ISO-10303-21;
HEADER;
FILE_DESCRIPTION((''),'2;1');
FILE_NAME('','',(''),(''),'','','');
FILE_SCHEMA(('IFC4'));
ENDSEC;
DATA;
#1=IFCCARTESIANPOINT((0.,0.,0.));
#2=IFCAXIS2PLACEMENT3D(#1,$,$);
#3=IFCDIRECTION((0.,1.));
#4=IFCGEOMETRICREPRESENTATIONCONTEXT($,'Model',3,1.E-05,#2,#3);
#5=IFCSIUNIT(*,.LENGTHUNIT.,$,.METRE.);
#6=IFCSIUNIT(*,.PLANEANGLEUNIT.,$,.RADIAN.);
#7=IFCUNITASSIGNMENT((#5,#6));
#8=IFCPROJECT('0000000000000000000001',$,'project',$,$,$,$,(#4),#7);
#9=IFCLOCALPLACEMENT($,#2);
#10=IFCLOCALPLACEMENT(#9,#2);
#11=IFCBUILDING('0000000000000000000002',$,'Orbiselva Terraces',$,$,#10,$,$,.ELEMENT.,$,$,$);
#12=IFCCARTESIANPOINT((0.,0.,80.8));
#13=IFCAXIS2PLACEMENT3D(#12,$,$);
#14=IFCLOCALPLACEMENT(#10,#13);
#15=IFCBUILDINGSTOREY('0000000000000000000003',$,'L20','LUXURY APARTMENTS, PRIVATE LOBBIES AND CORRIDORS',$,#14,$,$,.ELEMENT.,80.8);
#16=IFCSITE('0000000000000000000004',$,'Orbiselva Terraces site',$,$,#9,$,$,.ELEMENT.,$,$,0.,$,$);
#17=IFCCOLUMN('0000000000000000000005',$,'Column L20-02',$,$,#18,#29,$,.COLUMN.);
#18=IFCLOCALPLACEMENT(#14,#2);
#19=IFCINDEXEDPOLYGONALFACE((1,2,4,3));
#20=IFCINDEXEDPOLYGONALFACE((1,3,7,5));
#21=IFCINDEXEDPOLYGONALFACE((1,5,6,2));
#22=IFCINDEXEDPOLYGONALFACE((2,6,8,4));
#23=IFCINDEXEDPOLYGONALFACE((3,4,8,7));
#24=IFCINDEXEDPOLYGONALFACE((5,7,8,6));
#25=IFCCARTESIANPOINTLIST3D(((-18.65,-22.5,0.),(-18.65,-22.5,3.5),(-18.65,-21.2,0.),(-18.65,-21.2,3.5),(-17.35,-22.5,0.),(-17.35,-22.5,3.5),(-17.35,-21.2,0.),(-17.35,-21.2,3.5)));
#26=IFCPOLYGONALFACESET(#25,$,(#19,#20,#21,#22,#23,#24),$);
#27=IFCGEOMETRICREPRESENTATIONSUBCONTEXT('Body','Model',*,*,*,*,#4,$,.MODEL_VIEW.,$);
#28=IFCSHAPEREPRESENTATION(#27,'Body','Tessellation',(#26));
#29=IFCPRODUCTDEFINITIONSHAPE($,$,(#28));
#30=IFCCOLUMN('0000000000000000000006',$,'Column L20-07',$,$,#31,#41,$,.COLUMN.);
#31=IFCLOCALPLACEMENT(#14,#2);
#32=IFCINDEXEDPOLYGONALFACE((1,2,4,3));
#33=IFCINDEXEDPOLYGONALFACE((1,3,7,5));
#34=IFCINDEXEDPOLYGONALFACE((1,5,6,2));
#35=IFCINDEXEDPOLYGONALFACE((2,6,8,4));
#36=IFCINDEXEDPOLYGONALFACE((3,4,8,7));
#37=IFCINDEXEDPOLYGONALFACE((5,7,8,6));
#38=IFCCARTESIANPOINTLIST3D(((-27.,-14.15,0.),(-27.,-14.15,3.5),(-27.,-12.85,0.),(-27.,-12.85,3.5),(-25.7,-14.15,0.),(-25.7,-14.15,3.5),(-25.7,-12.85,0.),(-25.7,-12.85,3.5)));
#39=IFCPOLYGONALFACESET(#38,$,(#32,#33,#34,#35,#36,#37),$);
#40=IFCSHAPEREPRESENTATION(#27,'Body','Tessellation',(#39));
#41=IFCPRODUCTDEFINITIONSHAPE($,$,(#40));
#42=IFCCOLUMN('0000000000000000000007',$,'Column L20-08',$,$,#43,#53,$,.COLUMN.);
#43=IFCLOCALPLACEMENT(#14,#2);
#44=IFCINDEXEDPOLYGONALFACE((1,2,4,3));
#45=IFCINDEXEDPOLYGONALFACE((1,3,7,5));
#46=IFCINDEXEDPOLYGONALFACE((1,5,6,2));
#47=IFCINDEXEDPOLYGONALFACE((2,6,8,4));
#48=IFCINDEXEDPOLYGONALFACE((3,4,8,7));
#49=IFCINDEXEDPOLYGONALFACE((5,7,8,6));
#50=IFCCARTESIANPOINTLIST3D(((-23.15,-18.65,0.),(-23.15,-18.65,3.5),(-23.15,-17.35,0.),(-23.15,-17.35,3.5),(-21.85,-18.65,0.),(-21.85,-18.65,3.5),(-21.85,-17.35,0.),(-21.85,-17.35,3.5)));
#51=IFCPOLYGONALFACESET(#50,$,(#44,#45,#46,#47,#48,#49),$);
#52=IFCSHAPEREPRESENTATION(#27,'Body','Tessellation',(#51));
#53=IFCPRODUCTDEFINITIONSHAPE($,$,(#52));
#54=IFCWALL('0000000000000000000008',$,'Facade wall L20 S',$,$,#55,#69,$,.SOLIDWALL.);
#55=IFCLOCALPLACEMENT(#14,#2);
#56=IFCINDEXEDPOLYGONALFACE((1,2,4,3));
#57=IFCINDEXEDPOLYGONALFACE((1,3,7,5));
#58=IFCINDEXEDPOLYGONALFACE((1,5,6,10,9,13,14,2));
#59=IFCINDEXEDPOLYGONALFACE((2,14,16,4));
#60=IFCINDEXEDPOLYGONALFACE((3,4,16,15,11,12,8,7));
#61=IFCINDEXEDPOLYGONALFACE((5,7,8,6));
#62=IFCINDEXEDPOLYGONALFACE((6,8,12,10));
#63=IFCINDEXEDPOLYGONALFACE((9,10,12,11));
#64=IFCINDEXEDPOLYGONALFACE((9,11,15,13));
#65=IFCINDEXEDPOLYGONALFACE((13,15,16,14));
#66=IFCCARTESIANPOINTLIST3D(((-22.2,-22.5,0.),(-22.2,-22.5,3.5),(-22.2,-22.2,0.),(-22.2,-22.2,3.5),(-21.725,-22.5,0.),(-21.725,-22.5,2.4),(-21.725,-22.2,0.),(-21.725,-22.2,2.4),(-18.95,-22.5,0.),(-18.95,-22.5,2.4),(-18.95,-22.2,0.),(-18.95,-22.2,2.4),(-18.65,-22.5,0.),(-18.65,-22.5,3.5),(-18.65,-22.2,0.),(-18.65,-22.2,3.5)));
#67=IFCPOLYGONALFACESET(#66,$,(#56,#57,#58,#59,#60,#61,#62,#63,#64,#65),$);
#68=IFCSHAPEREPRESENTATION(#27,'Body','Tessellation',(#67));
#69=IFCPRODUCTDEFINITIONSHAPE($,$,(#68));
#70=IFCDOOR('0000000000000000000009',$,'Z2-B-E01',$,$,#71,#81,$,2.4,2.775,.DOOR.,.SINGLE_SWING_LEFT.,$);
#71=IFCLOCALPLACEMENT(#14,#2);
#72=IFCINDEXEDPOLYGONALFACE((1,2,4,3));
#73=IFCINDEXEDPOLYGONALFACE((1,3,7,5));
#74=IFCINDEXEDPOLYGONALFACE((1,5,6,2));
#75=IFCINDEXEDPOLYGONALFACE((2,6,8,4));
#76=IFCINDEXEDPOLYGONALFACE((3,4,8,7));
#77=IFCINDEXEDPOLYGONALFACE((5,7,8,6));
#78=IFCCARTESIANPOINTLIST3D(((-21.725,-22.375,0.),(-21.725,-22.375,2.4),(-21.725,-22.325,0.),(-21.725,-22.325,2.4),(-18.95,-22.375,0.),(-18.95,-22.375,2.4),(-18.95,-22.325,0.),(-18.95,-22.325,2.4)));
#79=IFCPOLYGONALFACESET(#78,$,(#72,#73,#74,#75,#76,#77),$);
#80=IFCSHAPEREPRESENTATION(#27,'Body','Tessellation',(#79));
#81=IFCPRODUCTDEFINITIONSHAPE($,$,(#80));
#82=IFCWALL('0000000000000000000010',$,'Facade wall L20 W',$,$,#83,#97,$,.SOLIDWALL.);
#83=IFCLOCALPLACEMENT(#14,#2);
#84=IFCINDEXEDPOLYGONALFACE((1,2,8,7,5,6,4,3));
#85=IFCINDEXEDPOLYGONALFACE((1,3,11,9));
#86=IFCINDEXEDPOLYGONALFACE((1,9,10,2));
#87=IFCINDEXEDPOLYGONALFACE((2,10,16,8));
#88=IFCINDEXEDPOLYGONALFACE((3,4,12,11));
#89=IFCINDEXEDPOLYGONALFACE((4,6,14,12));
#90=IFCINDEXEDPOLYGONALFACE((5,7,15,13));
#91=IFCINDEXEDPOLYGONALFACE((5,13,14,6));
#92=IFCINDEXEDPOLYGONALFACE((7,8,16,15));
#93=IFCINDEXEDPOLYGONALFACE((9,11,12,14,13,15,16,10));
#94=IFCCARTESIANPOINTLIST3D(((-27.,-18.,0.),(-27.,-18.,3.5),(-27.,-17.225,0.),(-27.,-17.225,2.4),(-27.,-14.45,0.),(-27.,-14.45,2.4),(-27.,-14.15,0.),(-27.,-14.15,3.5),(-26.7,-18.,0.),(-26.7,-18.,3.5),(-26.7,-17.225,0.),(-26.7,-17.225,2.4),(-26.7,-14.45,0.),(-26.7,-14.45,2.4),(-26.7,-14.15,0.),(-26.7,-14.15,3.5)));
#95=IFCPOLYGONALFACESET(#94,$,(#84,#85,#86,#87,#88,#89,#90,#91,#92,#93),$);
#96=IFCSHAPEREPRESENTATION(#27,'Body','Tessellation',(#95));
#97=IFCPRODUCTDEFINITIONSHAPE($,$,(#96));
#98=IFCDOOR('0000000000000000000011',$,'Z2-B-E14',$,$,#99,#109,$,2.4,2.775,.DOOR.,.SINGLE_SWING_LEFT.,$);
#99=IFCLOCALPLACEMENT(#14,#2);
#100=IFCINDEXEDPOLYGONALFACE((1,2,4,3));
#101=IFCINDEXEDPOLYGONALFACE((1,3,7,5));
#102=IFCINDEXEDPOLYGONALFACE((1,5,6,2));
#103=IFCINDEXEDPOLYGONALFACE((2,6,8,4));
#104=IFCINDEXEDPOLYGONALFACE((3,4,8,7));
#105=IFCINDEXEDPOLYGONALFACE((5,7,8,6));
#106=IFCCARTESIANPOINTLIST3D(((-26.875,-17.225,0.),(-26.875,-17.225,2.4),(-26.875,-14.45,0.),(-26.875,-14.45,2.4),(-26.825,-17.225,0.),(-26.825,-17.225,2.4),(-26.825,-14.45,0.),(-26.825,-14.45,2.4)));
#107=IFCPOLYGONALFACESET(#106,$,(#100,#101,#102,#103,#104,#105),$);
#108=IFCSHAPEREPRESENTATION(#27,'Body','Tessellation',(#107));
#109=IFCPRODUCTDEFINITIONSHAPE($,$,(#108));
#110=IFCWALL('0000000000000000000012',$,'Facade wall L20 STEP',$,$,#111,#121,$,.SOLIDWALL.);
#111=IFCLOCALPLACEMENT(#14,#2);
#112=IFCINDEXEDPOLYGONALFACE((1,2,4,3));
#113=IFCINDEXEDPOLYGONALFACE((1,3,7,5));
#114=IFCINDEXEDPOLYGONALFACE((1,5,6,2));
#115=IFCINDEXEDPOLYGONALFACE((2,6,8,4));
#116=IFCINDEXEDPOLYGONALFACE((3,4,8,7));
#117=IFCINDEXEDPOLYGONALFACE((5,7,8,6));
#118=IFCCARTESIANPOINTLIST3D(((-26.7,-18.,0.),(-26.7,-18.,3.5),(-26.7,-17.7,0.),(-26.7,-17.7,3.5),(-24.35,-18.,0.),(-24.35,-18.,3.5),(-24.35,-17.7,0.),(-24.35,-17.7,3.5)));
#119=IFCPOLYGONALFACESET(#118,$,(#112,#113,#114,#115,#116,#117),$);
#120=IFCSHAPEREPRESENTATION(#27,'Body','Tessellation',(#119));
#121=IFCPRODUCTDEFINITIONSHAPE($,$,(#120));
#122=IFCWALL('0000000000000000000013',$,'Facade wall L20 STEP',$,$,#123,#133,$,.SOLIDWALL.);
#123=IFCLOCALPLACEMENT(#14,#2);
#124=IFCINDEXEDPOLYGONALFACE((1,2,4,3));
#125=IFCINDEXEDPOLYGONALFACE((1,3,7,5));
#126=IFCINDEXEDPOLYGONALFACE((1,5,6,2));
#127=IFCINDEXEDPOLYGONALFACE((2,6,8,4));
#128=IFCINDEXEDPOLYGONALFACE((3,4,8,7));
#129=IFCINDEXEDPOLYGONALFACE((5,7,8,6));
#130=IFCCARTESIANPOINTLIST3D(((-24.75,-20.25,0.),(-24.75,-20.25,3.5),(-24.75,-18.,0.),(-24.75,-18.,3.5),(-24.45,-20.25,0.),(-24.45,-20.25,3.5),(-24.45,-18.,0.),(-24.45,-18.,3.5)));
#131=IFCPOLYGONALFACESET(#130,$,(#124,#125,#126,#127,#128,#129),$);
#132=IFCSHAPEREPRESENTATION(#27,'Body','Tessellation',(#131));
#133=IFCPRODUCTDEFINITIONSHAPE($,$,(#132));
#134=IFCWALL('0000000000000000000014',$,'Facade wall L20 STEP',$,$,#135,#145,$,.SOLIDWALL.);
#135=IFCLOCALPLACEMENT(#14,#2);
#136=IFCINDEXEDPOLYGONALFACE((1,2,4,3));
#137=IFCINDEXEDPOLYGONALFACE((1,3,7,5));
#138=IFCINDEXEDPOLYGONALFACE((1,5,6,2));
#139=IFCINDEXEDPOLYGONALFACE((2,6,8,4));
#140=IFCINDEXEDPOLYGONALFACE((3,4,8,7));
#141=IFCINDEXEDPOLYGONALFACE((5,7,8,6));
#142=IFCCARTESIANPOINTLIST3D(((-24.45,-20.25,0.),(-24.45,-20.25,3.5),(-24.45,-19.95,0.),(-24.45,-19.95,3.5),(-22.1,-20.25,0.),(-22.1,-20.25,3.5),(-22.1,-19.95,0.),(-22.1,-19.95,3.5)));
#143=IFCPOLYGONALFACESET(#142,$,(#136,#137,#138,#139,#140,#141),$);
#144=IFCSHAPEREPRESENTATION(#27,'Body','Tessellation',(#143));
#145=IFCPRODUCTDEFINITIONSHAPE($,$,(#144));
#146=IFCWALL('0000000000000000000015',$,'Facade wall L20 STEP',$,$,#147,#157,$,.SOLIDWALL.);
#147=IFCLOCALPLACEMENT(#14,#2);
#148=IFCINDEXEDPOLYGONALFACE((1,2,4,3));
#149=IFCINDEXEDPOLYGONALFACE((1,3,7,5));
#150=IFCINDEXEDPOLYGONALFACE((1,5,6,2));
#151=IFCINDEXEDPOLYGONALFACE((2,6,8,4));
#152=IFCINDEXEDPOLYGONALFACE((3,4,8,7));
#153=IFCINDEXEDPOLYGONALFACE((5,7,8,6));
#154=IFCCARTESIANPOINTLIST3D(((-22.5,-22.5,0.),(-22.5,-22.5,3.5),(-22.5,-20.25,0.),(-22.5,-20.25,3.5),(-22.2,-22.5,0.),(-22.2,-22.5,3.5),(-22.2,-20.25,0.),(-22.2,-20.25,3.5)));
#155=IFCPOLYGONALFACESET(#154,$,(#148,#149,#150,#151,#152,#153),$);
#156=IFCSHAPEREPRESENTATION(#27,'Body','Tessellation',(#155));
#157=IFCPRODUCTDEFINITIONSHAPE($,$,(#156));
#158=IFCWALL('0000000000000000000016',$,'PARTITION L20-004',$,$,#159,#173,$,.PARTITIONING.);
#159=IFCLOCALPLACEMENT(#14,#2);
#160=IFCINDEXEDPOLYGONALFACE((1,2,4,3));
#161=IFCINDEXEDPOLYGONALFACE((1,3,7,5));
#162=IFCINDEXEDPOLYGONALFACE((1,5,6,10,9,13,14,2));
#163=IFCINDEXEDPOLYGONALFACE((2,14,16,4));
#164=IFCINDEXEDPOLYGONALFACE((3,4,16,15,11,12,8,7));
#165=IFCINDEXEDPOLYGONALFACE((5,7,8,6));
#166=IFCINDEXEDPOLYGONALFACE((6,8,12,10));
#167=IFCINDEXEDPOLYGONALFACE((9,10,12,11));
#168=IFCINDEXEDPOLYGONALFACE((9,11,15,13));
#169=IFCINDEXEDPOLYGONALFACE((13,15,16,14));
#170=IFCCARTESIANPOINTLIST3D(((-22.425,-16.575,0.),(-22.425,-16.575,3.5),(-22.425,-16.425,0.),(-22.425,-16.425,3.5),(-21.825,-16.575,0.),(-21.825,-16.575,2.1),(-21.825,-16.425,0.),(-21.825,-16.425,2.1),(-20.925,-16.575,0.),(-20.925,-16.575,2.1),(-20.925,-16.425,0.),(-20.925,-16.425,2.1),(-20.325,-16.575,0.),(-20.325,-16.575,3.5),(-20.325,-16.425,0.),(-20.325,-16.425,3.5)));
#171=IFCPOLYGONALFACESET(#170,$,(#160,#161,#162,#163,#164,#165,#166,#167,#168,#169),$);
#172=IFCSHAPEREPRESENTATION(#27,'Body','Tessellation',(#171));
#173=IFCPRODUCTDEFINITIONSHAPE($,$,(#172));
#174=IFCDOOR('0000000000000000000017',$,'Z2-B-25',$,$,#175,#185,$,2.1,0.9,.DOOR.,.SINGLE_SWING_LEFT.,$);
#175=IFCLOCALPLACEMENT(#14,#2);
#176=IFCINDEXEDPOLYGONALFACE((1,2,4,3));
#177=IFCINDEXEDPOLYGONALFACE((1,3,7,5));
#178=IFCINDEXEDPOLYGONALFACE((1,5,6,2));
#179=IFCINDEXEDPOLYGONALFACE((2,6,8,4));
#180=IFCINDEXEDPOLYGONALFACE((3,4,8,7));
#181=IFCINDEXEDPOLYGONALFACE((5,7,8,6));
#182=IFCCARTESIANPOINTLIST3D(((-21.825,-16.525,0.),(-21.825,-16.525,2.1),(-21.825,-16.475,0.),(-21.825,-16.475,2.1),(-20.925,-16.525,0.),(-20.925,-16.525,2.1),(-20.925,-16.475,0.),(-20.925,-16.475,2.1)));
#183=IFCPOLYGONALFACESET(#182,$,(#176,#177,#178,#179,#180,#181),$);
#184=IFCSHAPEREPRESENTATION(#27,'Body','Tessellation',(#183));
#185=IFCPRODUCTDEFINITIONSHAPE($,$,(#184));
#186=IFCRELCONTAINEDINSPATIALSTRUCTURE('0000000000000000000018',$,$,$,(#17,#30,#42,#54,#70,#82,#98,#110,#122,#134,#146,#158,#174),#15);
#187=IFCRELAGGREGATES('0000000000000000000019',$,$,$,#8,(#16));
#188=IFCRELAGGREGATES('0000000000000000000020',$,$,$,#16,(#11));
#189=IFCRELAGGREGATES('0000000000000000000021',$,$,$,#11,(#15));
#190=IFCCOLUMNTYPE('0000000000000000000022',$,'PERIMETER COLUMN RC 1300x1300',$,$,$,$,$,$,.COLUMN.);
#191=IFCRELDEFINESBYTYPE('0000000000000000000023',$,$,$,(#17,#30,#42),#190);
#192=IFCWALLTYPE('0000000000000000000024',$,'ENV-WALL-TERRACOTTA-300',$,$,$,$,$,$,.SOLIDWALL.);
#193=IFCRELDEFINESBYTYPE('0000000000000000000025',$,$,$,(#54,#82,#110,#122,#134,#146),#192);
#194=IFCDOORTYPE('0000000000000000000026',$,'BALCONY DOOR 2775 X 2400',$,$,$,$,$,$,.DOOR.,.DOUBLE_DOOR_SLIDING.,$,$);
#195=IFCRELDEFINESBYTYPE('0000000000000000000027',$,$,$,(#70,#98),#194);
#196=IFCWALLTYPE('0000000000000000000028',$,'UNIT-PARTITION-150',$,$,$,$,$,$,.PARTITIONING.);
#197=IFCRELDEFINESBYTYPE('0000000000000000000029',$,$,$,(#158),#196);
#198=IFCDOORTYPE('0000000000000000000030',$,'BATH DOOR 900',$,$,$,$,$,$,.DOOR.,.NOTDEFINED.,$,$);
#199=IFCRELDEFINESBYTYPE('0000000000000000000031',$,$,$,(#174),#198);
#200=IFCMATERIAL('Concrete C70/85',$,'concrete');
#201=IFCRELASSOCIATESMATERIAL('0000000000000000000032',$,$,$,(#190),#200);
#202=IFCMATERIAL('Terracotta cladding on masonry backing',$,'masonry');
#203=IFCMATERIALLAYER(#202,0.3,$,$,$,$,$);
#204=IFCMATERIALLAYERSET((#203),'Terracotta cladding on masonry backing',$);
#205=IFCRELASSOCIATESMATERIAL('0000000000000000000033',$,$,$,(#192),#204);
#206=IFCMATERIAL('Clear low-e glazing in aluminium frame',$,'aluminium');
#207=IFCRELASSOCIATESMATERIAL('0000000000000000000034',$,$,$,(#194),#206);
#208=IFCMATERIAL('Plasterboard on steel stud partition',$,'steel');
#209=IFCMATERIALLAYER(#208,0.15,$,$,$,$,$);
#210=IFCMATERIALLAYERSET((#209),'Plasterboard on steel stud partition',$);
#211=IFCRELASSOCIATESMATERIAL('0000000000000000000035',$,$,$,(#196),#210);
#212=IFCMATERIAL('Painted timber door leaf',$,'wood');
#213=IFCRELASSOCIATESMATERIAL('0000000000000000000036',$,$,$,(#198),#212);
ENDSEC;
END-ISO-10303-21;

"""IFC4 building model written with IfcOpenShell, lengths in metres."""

from ifc_helpers import new_model, si_unit, direction, frame, frame_2d, origin, origin_2d, place, context, subcontext, project, spatial, rectangle, extrude, material, layer, layer_set, material_profile, profile_set, type_object, element, fill, save


model = new_model("IFC4")

# Units and contexts
model_context = context("Model", 3, precision=1e-05, world=origin(), true_north=direction((0.0, 1.0)))
body_context = subcontext(model_context, "Body", "Model", "MODEL_VIEW")
ifc_project = project(units=[si_unit("LENGTHUNIT", "METRE"), si_unit("PLANEANGLEUNIT", "RADIAN")], contexts=[model_context])

# Site, building, storey
site_placement = place(None, origin())
site = spatial("IfcSite", under=ifc_project, at=site_placement, Name="Orbiselva Terraces site", CompositionType="ELEMENT", RefElevation=0.0)
building_placement = place(site_placement, origin())
building = spatial("IfcBuilding", under=site, at=building_placement, Name="Orbiselva Terraces", CompositionType="ELEMENT")
storey_placement = place(building_placement, frame((0.0, 0.0, 80.8)))
storey = spatial("IfcBuildingStorey", under=building, at=storey_placement, Name="L20", Description="LUXURY APARTMENTS, PRIVATE LOBBIES AND CORRIDORS", CompositionType="ELEMENT", Elevation=80.8)

# Columns
ifc_material_1 = material(Name="Concrete C70/85", Category="concrete")
ifc_material_profile = material_profile(ifc_material_1, rectangle(XDim=1.3, YDim=1.3, at=origin_2d()), Name="RC 1300x1300")
ifc_profile_set = profile_set([ifc_material_profile], Name="Concrete C70/85")
column_type = type_object("IfcColumnType", Name="PERIMETER COLUMN RC 1300x1300", PredefinedType="COLUMN", material=ifc_profile_set)
for number, where, z_axis, x_axis, name in (
    (1, (-18.0, -21.85, 0.0), (0.0, 0.0, 1.0), (1.0, 0.0, 0.0), "Column L20-02"),
    (2, (-26.35, -13.5, 0.0), (0.0, 0.0, 1.0), (1.0, 0.0, 0.0), "Column L20-07"),
    (3, (-22.5, -18.0, 0.0), (0.0, 0.0, 1.0), (1.0, 0.0, 0.0), "Column L20-08"),
):
    element("IfcColumn", number, at=place(storey_placement, frame(where, z_axis=z_axis, x_axis=x_axis)), inside=storey, type_object=column_type, Name=name, PredefinedType="COLUMN", context=body_context, shape_type="SweptSolid", body=[
        extrude(rectangle(XDim=1.3, YDim=1.3, at=origin_2d()), origin(), (0.0, 0.0, 1.0), 3.5),
    ])

# Walls, openings, doors
ifc_material_2 = material(Name="Terracotta cladding on masonry backing", Category="masonry")
ifc_layer_1 = layer(ifc_material_2, 0.3)
ifc_layer_set_1 = layer_set([ifc_layer_1], Name="Terracotta cladding on masonry backing")
wall_type_1 = type_object("IfcWallType", Name="ENV-WALL-TERRACOTTA-300", PredefinedType="SOLIDWALL", material=ifc_layer_set_1)
wall_1_placement = place(storey_placement, frame((-18.65, -22.35, 0.0), z_axis=(0.0, 0.0, 1.0), x_axis=(-1.0, 0.0, 0.0)))
wall_1 = element("IfcWall", 4, at=wall_1_placement, inside=storey, type_object=wall_type_1, Name="Facade wall L20 S", PredefinedType="SOLIDWALL", context=body_context, shape_type="SweptSolid", body=[
    extrude(rectangle(XDim=3.55, YDim=0.3, at=frame_2d((1.775, 0.0))), origin(), (0.0, 0.0, 1.0), 3.5),
])
opening_1_placement = place(wall_1_placement, frame((0.3, 0.0, 0.0)))
opening_1 = element("IfcOpeningElement", 5, at=opening_1_placement, cuts=wall_1, PredefinedType="OPENING", context=body_context, shape_type="SweptSolid", body=[
    extrude(rectangle(XDim=2.775, YDim=2.4, at=frame_2d((1.3875, 1.2))), frame((0.0, 0.16, 0.0), z_axis=(0.0, -1.0, 0.0), x_axis=(1.0, 0.0, 0.0)), (0.0, 0.0, 1.0), 0.32),
])
ifc_material_3 = material(Name="Clear low-e glazing in aluminium frame", Category="aluminium")
door_type_1 = type_object("IfcDoorType", Name="BALCONY DOOR 2775 X 2400", OperationType="DOUBLE_DOOR_SLIDING", PredefinedType="DOOR", material=ifc_material_3)
door_1_placement = place(opening_1_placement, origin())
door_1 = element("IfcDoor", 6, at=door_1_placement, inside=storey, type_object=door_type_1, Name="Z2-B-E01", OperationType="SINGLE_SWING_LEFT", OverallHeight=2.4, OverallWidth=2.775, PredefinedType="DOOR", context=body_context, shape_type="SweptSolid", body=[
    extrude(rectangle(XDim=2.775, YDim=2.4, at=frame_2d((1.3875, 1.2))), frame((0.0, 0.025, 0.0), z_axis=(0.0, -1.0, 0.0), x_axis=(1.0, 0.0, 0.0)), (0.0, 0.0, 1.0), 0.05),
])
fill(opening_1, door_1)
wall_2_placement = place(storey_placement, frame((-26.85, -18.0, 0.0), z_axis=(0.0, 0.0, 1.0), x_axis=(0.0, 1.0, 0.0)))
wall_2 = element("IfcWall", 7, at=wall_2_placement, inside=storey, type_object=wall_type_1, Name="Facade wall L20 W", PredefinedType="SOLIDWALL", context=body_context, shape_type="SweptSolid", body=[
    extrude(rectangle(XDim=3.85, YDim=0.3, at=frame_2d((1.925, 0.0))), origin(), (0.0, 0.0, 1.0), 3.5),
])
opening_2_placement = place(wall_2_placement, frame((0.775, 0.0, 0.0)))
opening_2 = element("IfcOpeningElement", 8, at=opening_2_placement, cuts=wall_2, PredefinedType="OPENING", context=body_context, shape_type="SweptSolid", body=[
    extrude(rectangle(XDim=2.775, YDim=2.4, at=frame_2d((1.3875, 1.2))), frame((0.0, 0.16, 0.0), z_axis=(0.0, -1.0, 0.0), x_axis=(1.0, 0.0, 0.0)), (0.0, 0.0, 1.0), 0.32),
])
door_2_placement = place(opening_2_placement, origin())
door_2 = element("IfcDoor", 9, at=door_2_placement, inside=storey, type_object=door_type_1, Name="Z2-B-E14", OperationType="SINGLE_SWING_LEFT", OverallHeight=2.4, OverallWidth=2.775, PredefinedType="DOOR", context=body_context, shape_type="SweptSolid", body=[
    extrude(rectangle(XDim=2.775, YDim=2.4, at=frame_2d((1.3875, 1.2))), frame((0.0, 0.025, 0.0), z_axis=(0.0, -1.0, 0.0), x_axis=(1.0, 0.0, 0.0)), (0.0, 0.0, 1.0), 0.05),
])
fill(opening_2, door_2)

# Walls
wall_3_placement = place(storey_placement, frame((-24.35, -17.85, 0.0), z_axis=(0.0, 0.0, 1.0), x_axis=(-1.0, 0.0, 0.0)))
element("IfcWall", 10, at=wall_3_placement, inside=storey, type_object=wall_type_1, Name="Facade wall L20 STEP", PredefinedType="SOLIDWALL", context=body_context, shape_type="SweptSolid", body=[
    extrude(rectangle(XDim=2.35, YDim=0.3, at=frame_2d((1.175, 0.0))), origin(), (0.0, 0.0, 1.0), 3.5),
])
wall_4_placement = place(storey_placement, frame((-24.6, -20.25, 0.0), z_axis=(0.0, 0.0, 1.0), x_axis=(0.0, 1.0, 0.0)))
element("IfcWall", 11, at=wall_4_placement, inside=storey, type_object=wall_type_1, Name="Facade wall L20 STEP", PredefinedType="SOLIDWALL", context=body_context, shape_type="SweptSolid", body=[
    extrude(rectangle(XDim=2.25, YDim=0.3, at=frame_2d((1.125, 0.0))), origin(), (0.0, 0.0, 1.0), 3.5),
])
wall_5_placement = place(storey_placement, frame((-22.1, -20.1, 0.0), z_axis=(0.0, 0.0, 1.0), x_axis=(-1.0, 0.0, 0.0)))
element("IfcWall", 12, at=wall_5_placement, inside=storey, type_object=wall_type_1, Name="Facade wall L20 STEP", PredefinedType="SOLIDWALL", context=body_context, shape_type="SweptSolid", body=[
    extrude(rectangle(XDim=2.35, YDim=0.3, at=frame_2d((1.175, 0.0))), origin(), (0.0, 0.0, 1.0), 3.5),
])
wall_6_placement = place(storey_placement, frame((-22.35, -22.5, 0.0), z_axis=(0.0, 0.0, 1.0), x_axis=(0.0, 1.0, 0.0)))
element("IfcWall", 13, at=wall_6_placement, inside=storey, type_object=wall_type_1, Name="Facade wall L20 STEP", PredefinedType="SOLIDWALL", context=body_context, shape_type="SweptSolid", body=[
    extrude(rectangle(XDim=2.25, YDim=0.3, at=frame_2d((1.125, 0.0))), origin(), (0.0, 0.0, 1.0), 3.5),
])

# Wall, opening, door
ifc_material_4 = material(Name="Plasterboard on steel stud partition", Category="steel")
ifc_layer_2 = layer(ifc_material_4, 0.15)
ifc_layer_set_2 = layer_set([ifc_layer_2], Name="Plasterboard on steel stud partition")
wall_type_2 = type_object("IfcWallType", Name="UNIT-PARTITION-150", PredefinedType="PARTITIONING", material=ifc_layer_set_2)
wall_7_placement = place(storey_placement, frame((-22.425, -16.5, 0.0), z_axis=(0.0, 0.0, 1.0), x_axis=(1.0, 0.0, 0.0)))
wall_7 = element("IfcWall", 14, at=wall_7_placement, inside=storey, type_object=wall_type_2, Name="PARTITION L20-004", PredefinedType="PARTITIONING", context=body_context, shape_type="SweptSolid", body=[
    extrude(rectangle(XDim=2.1, YDim=0.15, at=frame_2d((1.05, 0.0))), origin(), (0.0, 0.0, 1.0), 3.5),
])
opening_3_placement = place(wall_7_placement, frame((0.6, 0.0, 0.0)))
opening_3 = element("IfcOpeningElement", 15, at=opening_3_placement, cuts=wall_7, PredefinedType="OPENING", context=body_context, shape_type="SweptSolid", body=[
    extrude(rectangle(XDim=0.9, YDim=2.1, at=frame_2d((0.45, 1.05))), frame((0.0, 0.085, 0.0), z_axis=(0.0, -1.0, 0.0), x_axis=(1.0, 0.0, 0.0)), (0.0, 0.0, 1.0), 0.17),
])
ifc_material_5 = material(Name="Painted timber door leaf", Category="wood")
door_type_2 = type_object("IfcDoorType", Name="BATH DOOR 900", OperationType="NOTDEFINED", PredefinedType="DOOR", material=ifc_material_5)
door_3_placement = place(opening_3_placement, origin())
door_3 = element("IfcDoor", 16, at=door_3_placement, inside=storey, type_object=door_type_2, Name="Z2-B-25", OperationType="SINGLE_SWING_LEFT", OverallHeight=2.1, OverallWidth=0.9, PredefinedType="DOOR", context=body_context, shape_type="SweptSolid", body=[
    extrude(rectangle(XDim=0.9, YDim=2.1, at=frame_2d((0.45, 1.05))), frame((0.0, 0.025, 0.0), z_axis=(0.0, -1.0, 0.0), x_axis=(1.0, 0.0, 0.0)), (0.0, 0.0, 1.0), 0.05),
])
fill(opening_3, door_3)

save(model, "model.ifc")
